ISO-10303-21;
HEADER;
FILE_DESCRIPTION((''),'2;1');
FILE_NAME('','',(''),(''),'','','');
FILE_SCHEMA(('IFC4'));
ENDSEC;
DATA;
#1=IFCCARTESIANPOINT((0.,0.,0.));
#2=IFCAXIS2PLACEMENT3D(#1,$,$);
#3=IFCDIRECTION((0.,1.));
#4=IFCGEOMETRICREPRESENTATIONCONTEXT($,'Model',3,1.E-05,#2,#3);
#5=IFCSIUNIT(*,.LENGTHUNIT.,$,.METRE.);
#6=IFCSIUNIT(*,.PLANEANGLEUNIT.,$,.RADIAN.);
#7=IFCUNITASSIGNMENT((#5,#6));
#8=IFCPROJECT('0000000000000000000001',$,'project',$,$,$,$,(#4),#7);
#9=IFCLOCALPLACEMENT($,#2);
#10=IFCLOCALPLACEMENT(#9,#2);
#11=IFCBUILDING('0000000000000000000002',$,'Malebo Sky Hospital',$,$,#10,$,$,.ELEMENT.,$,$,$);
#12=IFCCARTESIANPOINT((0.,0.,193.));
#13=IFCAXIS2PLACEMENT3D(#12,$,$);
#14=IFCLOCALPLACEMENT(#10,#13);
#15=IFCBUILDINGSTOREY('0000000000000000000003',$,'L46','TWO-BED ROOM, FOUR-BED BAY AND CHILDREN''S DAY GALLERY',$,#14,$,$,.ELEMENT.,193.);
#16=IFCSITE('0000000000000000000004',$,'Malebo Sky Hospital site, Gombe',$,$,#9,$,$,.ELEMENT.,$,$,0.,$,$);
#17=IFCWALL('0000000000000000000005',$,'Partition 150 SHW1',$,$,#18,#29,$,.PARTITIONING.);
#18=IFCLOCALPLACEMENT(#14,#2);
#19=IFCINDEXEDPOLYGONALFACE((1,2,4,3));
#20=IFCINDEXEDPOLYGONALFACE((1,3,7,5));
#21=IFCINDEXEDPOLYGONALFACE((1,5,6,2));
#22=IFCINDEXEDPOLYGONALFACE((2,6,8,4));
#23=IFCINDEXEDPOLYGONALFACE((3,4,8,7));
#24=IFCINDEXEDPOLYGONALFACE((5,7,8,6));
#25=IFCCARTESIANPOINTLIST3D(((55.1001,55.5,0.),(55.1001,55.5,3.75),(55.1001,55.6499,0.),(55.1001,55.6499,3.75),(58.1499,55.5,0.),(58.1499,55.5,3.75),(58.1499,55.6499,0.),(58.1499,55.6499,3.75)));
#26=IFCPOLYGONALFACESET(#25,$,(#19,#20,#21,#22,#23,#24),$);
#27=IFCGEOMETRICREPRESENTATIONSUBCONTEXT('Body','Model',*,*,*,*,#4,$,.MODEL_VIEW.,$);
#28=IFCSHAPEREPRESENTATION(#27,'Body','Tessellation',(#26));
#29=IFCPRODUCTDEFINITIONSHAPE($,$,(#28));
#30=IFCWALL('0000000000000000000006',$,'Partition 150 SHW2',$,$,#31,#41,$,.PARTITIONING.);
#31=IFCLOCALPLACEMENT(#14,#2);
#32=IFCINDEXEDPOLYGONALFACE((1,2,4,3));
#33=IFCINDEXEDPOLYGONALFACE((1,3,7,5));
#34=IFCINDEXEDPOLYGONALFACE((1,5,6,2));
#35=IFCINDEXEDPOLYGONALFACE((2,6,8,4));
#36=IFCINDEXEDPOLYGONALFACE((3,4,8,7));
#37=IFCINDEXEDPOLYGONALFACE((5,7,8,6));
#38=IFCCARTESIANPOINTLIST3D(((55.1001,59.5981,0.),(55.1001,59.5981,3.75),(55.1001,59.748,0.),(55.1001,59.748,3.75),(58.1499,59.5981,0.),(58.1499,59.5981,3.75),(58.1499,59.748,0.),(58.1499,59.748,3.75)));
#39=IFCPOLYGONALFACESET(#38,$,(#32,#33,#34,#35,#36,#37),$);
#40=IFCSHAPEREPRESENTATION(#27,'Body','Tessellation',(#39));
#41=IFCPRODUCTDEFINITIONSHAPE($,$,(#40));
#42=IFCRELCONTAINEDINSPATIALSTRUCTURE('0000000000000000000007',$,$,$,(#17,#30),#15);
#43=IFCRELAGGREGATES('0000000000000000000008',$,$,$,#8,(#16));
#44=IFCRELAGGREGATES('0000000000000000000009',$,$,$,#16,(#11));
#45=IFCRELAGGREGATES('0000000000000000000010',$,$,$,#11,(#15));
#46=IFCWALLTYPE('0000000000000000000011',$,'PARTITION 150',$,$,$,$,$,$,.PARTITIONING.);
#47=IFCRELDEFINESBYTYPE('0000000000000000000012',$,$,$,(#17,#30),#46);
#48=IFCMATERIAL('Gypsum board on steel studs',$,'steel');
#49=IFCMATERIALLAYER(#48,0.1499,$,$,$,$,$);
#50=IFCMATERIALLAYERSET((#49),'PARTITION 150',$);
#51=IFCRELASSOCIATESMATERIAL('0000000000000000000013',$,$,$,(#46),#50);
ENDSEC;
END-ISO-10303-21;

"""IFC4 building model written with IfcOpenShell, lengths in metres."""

from ifc_helpers import new_model, si_unit, direction, frame, frame_2d, origin, place, context, subcontext, project, spatial, rectangle, extrude, material, layer, layer_set, type_object, element, save


model = new_model("IFC4")

# Units and contexts
model_context = context("Model", 3, precision=1e-05, world=origin(), true_north=direction((0.0, 1.0)))
body_context = subcontext(model_context, "Body", "Model", "MODEL_VIEW")
ifc_project = project(units=[si_unit("LENGTHUNIT", "METRE"), si_unit("PLANEANGLEUNIT", "RADIAN")], contexts=[model_context])

# Site, building, storey
site_placement = place(None, origin())
site = spatial("IfcSite", under=ifc_project, at=site_placement, Name="Malebo Sky Hospital site, Gombe", CompositionType="ELEMENT", RefElevation=0.0)
building_placement = place(site_placement, origin())
building = spatial("IfcBuilding", under=site, at=building_placement, Name="Malebo Sky Hospital", CompositionType="ELEMENT")
storey_placement = place(building_placement, frame((0.0, 0.0, 193.0)))
storey = spatial("IfcBuildingStorey", under=building, at=storey_placement, Name="L46", Description="TWO-BED ROOM, FOUR-BED BAY AND CHILDREN'S DAY GALLERY", CompositionType="ELEMENT", Elevation=193.0)

# Shared definitions
ifc_material_1 = material(Name="Gypsum board on steel studs", Category="steel")

# Walls
ifc_layer_1 = layer(ifc_material_1, 0.1499)
ifc_layer_set_1 = layer_set([ifc_layer_1], Name="PARTITION 150")
wall_type_1 = type_object("IfcWallType", Name="PARTITION 150", PredefinedType="PARTITIONING", material=ifc_layer_set_1)
for number, where, z_axis, x_axis, name in (
    (1, (55.1001, 55.575, 0.0), (0.0, 0.0, 1.0), (1.0, 0.0, 0.0), "Partition 150 SHW1"),
    (2, (55.1001, 59.6731, 0.0), (0.0, 0.0, 1.0), (1.0, 0.0, 0.0), "Partition 150 SHW2"),
):
    element("IfcWall", number, at=place(storey_placement, frame(where, z_axis=z_axis, x_axis=x_axis)), inside=storey, type_object=wall_type_1, Name=name, PredefinedType="PARTITIONING", context=body_context, shape_type="SweptSolid", body=[
        extrude(rectangle(XDim=3.0498, YDim=0.1499, at=frame_2d((1.5249, 0.0))), origin(), (0.0, 0.0, 1.0), 3.75),
    ])

save(model, "model.ifc")
